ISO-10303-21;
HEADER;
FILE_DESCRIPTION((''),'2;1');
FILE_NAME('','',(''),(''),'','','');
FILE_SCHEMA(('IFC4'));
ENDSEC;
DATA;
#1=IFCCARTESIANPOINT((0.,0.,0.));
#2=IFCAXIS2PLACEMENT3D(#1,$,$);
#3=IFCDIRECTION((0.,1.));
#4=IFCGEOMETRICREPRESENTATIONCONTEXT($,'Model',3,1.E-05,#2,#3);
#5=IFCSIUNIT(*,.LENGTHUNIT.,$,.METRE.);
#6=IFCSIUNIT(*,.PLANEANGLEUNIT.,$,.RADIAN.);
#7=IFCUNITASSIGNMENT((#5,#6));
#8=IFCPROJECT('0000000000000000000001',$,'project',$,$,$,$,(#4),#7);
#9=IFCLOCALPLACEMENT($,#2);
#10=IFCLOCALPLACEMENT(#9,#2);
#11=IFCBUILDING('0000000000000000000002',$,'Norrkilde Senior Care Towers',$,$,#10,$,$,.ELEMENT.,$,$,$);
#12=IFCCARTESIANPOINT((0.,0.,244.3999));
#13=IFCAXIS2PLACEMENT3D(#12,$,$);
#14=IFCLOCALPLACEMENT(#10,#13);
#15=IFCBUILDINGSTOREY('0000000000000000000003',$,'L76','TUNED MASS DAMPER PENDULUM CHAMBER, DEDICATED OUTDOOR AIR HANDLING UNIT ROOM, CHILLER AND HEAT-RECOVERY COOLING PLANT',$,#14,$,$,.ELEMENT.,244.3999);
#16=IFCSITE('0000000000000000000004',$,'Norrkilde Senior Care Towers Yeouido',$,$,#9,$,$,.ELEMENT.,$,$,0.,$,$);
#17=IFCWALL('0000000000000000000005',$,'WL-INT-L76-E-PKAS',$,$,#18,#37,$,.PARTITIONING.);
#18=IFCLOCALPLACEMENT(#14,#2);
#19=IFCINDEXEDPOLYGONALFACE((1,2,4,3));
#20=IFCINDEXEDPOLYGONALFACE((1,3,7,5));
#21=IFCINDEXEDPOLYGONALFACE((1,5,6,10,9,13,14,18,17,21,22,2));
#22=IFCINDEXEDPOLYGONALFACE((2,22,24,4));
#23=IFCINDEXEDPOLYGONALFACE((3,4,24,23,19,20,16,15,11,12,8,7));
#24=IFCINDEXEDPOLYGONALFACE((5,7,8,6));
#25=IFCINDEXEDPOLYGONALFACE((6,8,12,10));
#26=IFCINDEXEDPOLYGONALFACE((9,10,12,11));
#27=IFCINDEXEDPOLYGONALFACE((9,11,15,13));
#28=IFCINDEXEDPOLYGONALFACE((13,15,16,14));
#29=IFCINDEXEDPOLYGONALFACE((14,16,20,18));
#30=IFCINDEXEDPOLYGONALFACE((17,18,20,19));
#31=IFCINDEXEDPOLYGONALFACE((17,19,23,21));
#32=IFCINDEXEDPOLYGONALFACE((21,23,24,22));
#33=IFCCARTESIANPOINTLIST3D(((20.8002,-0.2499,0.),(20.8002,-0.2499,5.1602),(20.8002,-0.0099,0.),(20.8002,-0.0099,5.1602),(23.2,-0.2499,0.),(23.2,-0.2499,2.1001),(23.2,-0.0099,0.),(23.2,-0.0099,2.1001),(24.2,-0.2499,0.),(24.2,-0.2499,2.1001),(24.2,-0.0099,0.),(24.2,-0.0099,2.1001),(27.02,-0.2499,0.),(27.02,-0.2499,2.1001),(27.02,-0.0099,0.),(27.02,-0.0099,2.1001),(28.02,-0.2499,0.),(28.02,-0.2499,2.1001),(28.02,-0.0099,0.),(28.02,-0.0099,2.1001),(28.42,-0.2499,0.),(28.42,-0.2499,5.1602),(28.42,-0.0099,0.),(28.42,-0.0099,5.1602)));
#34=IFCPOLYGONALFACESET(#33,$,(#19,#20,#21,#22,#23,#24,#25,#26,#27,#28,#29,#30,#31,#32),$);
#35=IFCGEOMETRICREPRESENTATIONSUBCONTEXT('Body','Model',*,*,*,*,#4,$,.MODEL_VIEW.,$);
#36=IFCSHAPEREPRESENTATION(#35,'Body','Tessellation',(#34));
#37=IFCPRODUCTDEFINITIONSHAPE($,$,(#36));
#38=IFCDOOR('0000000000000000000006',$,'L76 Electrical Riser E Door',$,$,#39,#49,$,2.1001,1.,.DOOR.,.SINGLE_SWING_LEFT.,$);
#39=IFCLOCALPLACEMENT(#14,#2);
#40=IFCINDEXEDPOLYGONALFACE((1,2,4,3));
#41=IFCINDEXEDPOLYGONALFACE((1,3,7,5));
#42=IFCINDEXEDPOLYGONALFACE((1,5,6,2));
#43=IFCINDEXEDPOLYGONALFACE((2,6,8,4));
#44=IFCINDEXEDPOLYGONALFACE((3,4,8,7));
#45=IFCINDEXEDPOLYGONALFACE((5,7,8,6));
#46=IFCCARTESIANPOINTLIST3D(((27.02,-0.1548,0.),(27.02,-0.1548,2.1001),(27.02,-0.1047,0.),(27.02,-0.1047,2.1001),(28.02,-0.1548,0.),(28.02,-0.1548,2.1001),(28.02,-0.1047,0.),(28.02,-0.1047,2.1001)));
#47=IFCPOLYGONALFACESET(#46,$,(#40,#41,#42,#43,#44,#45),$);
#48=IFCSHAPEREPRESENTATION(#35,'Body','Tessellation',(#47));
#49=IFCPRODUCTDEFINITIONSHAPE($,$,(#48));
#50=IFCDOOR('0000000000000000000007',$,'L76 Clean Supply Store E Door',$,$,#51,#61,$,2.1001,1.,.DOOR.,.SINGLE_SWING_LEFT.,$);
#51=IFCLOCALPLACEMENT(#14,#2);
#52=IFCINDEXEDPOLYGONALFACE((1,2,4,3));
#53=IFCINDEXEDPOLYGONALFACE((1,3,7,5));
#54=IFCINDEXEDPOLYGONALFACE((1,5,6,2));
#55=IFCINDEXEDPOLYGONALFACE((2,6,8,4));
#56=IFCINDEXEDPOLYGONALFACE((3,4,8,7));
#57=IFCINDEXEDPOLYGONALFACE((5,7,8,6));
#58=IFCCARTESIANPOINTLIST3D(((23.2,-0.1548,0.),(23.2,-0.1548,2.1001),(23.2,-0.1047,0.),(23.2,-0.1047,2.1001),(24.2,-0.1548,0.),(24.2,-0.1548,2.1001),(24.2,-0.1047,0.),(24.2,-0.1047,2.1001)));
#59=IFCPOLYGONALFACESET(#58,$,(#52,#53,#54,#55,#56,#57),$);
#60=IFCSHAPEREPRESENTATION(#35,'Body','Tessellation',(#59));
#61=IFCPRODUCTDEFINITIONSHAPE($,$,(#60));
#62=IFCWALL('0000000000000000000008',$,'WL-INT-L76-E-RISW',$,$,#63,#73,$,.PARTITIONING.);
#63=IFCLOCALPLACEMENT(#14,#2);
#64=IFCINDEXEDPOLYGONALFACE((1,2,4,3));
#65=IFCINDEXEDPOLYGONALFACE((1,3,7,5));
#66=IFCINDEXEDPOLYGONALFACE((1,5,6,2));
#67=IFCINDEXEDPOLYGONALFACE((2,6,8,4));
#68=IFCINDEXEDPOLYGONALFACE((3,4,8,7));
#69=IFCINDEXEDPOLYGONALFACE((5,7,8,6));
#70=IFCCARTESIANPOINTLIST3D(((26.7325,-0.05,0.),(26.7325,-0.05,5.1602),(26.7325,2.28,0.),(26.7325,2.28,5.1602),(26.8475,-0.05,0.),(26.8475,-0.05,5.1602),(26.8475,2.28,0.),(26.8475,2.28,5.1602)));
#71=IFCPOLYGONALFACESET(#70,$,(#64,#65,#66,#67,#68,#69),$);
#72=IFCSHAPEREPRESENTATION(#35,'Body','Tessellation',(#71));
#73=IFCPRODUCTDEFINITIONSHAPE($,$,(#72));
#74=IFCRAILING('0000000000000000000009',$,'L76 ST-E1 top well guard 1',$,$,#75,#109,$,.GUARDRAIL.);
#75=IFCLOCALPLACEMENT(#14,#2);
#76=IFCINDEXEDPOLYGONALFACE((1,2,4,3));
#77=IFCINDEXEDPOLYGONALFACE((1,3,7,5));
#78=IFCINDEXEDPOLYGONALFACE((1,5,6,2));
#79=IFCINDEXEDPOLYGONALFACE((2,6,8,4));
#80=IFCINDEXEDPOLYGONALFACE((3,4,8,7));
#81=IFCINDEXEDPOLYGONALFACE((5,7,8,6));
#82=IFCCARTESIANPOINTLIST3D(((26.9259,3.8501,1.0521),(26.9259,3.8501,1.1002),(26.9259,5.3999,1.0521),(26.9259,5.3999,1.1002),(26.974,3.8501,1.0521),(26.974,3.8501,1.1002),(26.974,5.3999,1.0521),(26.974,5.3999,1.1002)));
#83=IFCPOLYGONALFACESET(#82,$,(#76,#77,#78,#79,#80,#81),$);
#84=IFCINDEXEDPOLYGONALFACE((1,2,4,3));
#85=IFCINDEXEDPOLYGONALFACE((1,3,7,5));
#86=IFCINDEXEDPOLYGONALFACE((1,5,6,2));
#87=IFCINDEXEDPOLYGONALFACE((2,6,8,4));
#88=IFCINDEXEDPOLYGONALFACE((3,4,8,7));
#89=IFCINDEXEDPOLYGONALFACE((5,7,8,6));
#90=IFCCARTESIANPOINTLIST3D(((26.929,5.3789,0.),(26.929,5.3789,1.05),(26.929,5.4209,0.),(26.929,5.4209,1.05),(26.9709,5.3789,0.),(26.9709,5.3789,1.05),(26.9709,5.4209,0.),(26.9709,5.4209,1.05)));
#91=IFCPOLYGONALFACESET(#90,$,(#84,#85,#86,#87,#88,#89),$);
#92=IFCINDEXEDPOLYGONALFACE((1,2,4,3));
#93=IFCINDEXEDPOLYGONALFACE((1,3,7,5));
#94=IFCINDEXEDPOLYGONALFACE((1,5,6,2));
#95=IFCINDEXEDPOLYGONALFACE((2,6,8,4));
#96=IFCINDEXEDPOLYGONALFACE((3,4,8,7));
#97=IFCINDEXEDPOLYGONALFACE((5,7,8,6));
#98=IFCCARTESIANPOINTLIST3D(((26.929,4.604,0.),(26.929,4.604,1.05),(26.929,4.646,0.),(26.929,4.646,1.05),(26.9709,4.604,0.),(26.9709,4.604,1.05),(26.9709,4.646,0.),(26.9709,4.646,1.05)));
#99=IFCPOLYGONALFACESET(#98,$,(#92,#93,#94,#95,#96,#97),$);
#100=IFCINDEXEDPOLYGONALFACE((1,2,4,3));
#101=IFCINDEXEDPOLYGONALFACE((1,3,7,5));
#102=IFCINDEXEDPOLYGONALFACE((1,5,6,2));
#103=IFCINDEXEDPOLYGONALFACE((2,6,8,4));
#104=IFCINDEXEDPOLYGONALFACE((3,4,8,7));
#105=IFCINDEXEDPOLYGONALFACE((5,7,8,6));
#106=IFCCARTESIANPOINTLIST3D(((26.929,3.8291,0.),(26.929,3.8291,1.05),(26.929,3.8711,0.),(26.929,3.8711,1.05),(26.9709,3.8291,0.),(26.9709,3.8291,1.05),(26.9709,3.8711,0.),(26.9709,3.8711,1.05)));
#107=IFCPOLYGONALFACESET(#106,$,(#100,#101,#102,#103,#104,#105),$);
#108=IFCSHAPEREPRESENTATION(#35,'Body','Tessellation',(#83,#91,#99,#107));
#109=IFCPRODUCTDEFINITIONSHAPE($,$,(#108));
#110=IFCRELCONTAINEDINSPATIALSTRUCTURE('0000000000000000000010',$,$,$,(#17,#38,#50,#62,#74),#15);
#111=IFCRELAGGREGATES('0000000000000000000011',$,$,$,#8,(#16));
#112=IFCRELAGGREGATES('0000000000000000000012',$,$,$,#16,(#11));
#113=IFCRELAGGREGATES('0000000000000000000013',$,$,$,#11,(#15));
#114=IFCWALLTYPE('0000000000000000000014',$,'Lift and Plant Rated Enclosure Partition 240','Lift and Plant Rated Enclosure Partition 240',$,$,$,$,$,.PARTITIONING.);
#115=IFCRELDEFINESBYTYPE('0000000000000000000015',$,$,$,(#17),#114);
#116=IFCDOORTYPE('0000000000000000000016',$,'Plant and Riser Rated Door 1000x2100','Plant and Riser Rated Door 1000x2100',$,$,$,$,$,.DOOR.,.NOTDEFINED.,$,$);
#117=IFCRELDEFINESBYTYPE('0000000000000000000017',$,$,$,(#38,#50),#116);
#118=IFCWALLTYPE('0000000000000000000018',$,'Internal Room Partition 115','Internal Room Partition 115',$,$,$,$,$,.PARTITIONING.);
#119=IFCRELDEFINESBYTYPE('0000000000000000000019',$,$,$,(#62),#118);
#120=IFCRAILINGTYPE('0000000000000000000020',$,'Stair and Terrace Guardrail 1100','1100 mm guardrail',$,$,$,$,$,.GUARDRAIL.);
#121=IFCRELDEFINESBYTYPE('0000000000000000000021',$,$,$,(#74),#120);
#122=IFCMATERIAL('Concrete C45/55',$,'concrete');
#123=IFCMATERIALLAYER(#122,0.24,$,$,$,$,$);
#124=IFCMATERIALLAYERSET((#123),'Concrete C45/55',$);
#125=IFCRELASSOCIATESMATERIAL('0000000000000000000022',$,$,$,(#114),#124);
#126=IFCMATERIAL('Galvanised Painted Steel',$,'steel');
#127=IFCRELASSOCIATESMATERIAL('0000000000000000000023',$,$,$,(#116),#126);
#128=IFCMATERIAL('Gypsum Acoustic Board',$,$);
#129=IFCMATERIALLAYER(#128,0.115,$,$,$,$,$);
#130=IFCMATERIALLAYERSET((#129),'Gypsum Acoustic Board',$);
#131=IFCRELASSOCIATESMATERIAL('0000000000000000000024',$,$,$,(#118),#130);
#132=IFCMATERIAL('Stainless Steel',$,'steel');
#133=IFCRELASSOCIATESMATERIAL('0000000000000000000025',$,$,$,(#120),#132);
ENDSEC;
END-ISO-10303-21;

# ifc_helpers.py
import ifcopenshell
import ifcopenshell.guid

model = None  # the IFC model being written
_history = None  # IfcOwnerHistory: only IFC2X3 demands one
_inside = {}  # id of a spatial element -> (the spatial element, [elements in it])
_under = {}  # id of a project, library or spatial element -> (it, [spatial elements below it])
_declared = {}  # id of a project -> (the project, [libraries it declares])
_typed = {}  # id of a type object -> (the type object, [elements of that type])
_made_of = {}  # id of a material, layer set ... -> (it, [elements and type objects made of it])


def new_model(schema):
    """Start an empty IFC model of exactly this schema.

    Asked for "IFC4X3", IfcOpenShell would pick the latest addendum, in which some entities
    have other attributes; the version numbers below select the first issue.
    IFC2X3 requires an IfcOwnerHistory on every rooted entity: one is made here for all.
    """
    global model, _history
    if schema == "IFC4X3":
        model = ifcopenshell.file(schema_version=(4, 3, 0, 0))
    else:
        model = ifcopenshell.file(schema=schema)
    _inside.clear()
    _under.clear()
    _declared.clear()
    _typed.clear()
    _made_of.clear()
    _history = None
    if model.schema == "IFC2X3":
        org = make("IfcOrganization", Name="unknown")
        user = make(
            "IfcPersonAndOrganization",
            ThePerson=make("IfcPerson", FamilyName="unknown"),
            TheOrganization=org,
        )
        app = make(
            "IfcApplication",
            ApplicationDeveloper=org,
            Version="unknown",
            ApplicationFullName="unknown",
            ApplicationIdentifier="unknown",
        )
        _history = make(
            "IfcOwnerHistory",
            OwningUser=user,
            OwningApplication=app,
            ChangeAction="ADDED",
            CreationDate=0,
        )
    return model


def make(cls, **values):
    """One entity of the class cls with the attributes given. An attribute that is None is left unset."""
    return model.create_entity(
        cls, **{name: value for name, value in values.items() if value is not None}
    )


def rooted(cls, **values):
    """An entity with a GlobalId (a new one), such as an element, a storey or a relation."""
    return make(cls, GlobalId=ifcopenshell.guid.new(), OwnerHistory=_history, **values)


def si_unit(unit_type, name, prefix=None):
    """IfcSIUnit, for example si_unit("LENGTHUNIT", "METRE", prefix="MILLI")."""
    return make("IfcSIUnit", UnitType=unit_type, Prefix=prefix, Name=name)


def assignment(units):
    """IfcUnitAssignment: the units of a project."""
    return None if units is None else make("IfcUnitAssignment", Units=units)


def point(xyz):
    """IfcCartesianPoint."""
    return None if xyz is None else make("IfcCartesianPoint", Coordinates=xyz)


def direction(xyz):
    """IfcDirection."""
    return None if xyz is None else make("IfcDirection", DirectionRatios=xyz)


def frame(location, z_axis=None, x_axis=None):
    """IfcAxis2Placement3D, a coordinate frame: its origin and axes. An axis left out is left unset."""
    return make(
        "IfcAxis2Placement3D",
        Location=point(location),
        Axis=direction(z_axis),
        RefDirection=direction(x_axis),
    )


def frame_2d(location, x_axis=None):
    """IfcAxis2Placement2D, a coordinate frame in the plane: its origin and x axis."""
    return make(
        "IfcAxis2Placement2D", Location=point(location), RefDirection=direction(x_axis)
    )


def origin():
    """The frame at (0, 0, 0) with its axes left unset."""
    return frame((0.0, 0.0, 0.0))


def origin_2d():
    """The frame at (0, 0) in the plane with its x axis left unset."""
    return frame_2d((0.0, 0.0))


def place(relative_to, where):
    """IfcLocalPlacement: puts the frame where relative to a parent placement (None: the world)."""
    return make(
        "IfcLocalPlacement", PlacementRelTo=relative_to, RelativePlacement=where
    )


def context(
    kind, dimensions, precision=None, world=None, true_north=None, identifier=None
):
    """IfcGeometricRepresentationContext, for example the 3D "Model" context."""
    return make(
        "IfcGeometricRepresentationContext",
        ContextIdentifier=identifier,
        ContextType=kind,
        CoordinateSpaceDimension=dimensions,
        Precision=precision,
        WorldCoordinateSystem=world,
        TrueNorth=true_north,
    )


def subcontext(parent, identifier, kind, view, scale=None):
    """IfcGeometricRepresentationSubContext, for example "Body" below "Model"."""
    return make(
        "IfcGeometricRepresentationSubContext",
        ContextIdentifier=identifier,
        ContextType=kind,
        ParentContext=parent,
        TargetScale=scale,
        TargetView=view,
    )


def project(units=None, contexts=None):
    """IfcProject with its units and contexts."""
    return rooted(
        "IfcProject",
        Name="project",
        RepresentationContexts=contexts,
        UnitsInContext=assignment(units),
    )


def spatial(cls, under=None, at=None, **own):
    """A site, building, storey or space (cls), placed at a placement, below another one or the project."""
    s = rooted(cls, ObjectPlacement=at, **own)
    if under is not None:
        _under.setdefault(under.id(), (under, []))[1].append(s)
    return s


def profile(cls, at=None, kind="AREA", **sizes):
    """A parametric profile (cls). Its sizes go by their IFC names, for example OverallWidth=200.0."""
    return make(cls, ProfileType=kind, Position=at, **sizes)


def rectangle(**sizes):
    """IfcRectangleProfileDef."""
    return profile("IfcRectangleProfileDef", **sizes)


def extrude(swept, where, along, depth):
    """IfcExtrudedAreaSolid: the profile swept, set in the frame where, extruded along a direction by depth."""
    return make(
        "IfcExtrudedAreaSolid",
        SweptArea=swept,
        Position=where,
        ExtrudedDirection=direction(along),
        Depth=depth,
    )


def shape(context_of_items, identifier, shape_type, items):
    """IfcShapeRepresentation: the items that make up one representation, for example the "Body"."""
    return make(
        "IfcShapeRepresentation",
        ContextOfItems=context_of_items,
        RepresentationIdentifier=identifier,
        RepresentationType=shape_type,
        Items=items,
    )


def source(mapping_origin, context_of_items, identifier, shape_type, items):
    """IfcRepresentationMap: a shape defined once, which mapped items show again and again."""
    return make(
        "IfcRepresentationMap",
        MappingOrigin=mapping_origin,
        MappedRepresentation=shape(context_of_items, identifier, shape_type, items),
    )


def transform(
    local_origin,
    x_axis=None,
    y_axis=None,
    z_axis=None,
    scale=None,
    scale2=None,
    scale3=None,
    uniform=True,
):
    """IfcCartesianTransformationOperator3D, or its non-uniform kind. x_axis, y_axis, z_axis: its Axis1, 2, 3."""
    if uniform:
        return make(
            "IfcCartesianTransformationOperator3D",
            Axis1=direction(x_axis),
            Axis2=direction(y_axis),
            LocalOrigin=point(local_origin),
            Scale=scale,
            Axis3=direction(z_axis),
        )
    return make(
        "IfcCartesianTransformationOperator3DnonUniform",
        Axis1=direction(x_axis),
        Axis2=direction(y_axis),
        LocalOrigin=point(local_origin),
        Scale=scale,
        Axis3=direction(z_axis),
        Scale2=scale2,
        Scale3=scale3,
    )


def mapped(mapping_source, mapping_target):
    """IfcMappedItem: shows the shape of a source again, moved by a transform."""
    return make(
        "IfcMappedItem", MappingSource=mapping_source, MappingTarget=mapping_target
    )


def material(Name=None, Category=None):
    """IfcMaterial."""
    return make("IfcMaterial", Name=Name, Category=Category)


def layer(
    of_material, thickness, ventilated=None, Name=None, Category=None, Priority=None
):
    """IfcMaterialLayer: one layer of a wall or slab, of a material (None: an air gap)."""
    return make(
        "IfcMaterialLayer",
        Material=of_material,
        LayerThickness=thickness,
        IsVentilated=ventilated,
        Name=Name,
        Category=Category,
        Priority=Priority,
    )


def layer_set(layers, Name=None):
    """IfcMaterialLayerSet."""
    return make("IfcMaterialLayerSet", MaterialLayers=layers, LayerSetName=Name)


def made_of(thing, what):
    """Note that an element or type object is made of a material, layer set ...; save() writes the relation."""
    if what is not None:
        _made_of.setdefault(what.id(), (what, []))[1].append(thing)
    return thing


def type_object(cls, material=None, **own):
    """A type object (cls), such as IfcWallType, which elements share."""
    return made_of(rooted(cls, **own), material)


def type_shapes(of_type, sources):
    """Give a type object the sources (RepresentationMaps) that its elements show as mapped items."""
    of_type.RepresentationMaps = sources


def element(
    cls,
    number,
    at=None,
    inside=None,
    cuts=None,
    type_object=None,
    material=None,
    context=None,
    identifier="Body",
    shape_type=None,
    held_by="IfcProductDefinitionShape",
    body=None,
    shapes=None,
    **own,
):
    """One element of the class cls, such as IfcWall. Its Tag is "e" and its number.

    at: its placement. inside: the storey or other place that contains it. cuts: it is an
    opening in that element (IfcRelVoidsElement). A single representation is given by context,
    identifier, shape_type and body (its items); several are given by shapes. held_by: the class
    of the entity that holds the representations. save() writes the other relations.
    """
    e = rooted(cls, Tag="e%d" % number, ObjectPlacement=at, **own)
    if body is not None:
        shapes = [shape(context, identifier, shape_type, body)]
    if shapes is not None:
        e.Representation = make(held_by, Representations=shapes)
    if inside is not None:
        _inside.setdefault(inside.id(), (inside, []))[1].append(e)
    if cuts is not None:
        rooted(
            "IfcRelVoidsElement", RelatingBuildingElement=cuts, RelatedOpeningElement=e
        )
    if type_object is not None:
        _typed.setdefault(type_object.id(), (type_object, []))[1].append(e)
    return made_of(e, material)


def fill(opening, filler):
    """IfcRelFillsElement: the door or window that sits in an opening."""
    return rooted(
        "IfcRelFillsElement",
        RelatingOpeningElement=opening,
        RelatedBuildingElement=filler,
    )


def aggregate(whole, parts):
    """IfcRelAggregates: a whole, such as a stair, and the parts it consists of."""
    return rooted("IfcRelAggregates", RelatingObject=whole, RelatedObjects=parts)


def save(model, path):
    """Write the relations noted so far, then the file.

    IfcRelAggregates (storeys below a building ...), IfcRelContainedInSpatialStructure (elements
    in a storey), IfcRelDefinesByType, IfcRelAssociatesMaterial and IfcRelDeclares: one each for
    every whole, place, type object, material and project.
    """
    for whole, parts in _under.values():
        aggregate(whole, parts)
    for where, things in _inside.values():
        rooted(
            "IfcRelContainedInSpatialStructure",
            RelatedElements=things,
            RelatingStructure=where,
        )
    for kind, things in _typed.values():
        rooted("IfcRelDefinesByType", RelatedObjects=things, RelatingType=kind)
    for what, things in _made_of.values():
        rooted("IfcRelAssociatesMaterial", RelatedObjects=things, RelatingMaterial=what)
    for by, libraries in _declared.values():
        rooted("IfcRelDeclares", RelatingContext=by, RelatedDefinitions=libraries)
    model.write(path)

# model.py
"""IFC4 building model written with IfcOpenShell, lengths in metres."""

from ifc_helpers import new_model, si_unit, direction, frame, frame_2d, origin, origin_2d, place, context, subcontext, project, spatial, rectangle, extrude, source, transform, mapped, material, layer, layer_set, type_object, type_shapes, element, fill, save


model = new_model("IFC4")

# Units and contexts
model_context = context("Model", 3, precision=1e-05, world=origin(), true_north=direction((0.0, 1.0)))
body_context = subcontext(model_context, "Body", "Model", "MODEL_VIEW")
ifc_project = project(units=[si_unit("LENGTHUNIT", "METRE"), si_unit("PLANEANGLEUNIT", "RADIAN")], contexts=[model_context])

# Site, building, storey
site_placement = place(None, origin())
site = spatial("IfcSite", under=ifc_project, at=site_placement, Name="Norrkilde Senior Care Towers Yeouido", CompositionType="ELEMENT", RefElevation=0.0)
building_placement = place(site_placement, origin())
building = spatial("IfcBuilding", under=site, at=building_placement, Name="Norrkilde Senior Care Towers", CompositionType="ELEMENT")
storey_placement = place(building_placement, frame((0.0, 0.0, 244.3999)))
storey = spatial("IfcBuildingStorey", under=building, at=storey_placement, Name="L76", Description="TUNED MASS DAMPER PENDULUM CHAMBER, DEDICATED OUTDOOR AIR HANDLING UNIT ROOM, CHILLER AND HEAT-RECOVERY COOLING PLANT", CompositionType="ELEMENT", Elevation=244.3999)

# Shared definitions
ifc_material_1 = material(Name="Concrete C45/55", Category="concrete")

# Wall, openings, doors
ifc_layer_1 = layer(ifc_material_1, 0.24)
ifc_layer_set_1 = layer_set([ifc_layer_1], Name="Concrete C45/55")
wall_type_1 = type_object("IfcWallType", Name="Lift and Plant Rated Enclosure Partition 240", Description="Lift and Plant Rated Enclosure Partition 240", PredefinedType="PARTITIONING", material=ifc_layer_set_1)
shared_shape_1 = source(origin(), body_context, "Body", "SweptSolid", [
    extrude(rectangle(XDim=7.6199, YDim=0.24, at=frame_2d((3.8101, 0.0))), origin(), (0.0, 0.0, 1.0), 5.1602),
])
type_shapes(wall_type_1, [shared_shape_1])
wall_1_placement = place(storey_placement, frame((20.8, -0.1299, 0.0), z_axis=(0.0, 0.0, 1.0), x_axis=(1.0, 0.0, 0.0)))
wall_1 = element("IfcWall", 1, at=wall_1_placement, inside=storey, type_object=wall_type_1, Name="WL-INT-L76-E-PKAS", PredefinedType="PARTITIONING", context=body_context, shape_type="MappedRepresentation", body=[
    mapped(shared_shape_1, transform((0.0, 0.0, 0.0), x_axis=(1.0, 0.0, 0.0), y_axis=(0.0, 1.0, 0.0), z_axis=(0.0, 0.0, 1.0), scale=1.0)),
])
opening_1_placement = place(wall_1_placement, frame((6.22, 0.0, 0.0)))
opening_1 = element("IfcOpeningElement", 2, at=opening_1_placement, cuts=wall_1, PredefinedType="OPENING", context=body_context, shape_type="SweptSolid", body=[
    extrude(rectangle(XDim=1.0, YDim=2.1001, at=frame_2d((0.5, 1.05))), frame((0.0, 0.1299, 0.0), z_axis=(0.0, -1.0, 0.0), x_axis=(1.0, 0.0, 0.0)), (0.0, 0.0, 1.0), 0.26),
])
opening_2_placement = place(wall_1_placement, frame((2.3999, 0.0, 0.0)))
opening_2 = element("IfcOpeningElement", 3, at=opening_2_placement, cuts=wall_1, PredefinedType="OPENING", context=body_context, shape_type="SweptSolid", body=[
    extrude(rectangle(XDim=1.0, YDim=2.1001, at=frame_2d((0.5, 1.05))), frame((0.0, 0.1299, 0.0), z_axis=(0.0, -1.0, 0.0), x_axis=(1.0, 0.0, 0.0)), (0.0, 0.0, 1.0), 0.26),
])
ifc_material_2 = material(Name="Galvanised Painted Steel", Category="steel")
door_type = type_object("IfcDoorType", Name="Plant and Riser Rated Door 1000x2100", Description="Plant and Riser Rated Door 1000x2100", OperationType="NOTDEFINED", PredefinedType="DOOR", material=ifc_material_2)
shared_shape_2 = source(origin(), body_context, "Body", "SweptSolid", [
    extrude(rectangle(XDim=1.0, YDim=2.1001, at=frame_2d((0.5, 1.05))), frame((0.0, 0.0249, 0.0), z_axis=(0.0, -1.0, 0.0), x_axis=(1.0, 0.0, 0.0)), (0.0, 0.0, 1.0), 0.05),
])
type_shapes(door_type, [shared_shape_2])
door_1_placement = place(opening_1_placement, frame((1.0, 0.0, 0.0), z_axis=(0.0, 0.0, 1.0), x_axis=(-1.0, 0.0, 0.0)))
door_1 = element("IfcDoor", 4, at=door_1_placement, inside=storey, type_object=door_type, Name="L76 Electrical Riser E Door", OperationType="SINGLE_SWING_LEFT", OverallHeight=2.1001, OverallWidth=1.0, PredefinedType="DOOR", context=body_context, shape_type="MappedRepresentation", body=[
    mapped(shared_shape_2, transform((0.0, 0.0, 0.0), x_axis=(1.0, 0.0, 0.0), y_axis=(0.0, 1.0, 0.0), z_axis=(0.0, 0.0, 1.0), scale=1.0)),
])
fill(opening_1, door_1)
door_2_placement = place(opening_2_placement, frame((1.0, 0.0, 0.0), z_axis=(0.0, 0.0, 1.0), x_axis=(-1.0, 0.0, 0.0)))
door_2 = element("IfcDoor", 5, at=door_2_placement, inside=storey, type_object=door_type, Name="L76 Clean Supply Store E Door", OperationType="SINGLE_SWING_LEFT", OverallHeight=2.1001, OverallWidth=1.0, PredefinedType="DOOR", context=body_context, shape_type="MappedRepresentation", body=[
    mapped(shared_shape_2, transform((0.0, 0.0, 0.0), x_axis=(1.0, 0.0, 0.0), y_axis=(0.0, 1.0, 0.0), z_axis=(0.0, 0.0, 1.0), scale=1.0)),
])
fill(opening_2, door_2)

# Wall
ifc_material_3 = material(Name="Gypsum Acoustic Board")
ifc_layer_2 = layer(ifc_material_3, 0.115)
ifc_layer_set_2 = layer_set([ifc_layer_2], Name="Gypsum Acoustic Board")
wall_type_2 = type_object("IfcWallType", Name="Internal Room Partition 115", Description="Internal Room Partition 115", PredefinedType="PARTITIONING", material=ifc_layer_set_2)
shared_shape_3 = source(origin(), body_context, "Body", "SweptSolid", [
    extrude(rectangle(XDim=2.3301, YDim=0.115, at=frame_2d((1.165, 0.0))), origin(), (0.0, 0.0, 1.0), 5.1602),
])
type_shapes(wall_type_2, [shared_shape_3])
wall_2_placement = place(storey_placement, frame((26.79, -0.05, 0.0), z_axis=(0.0, 0.0, 1.0), x_axis=(0.0, 1.0, 0.0)))
element("IfcWall", 6, at=wall_2_placement, inside=storey, type_object=wall_type_2, Name="WL-INT-L76-E-RISW", PredefinedType="PARTITIONING", context=body_context, shape_type="MappedRepresentation", body=[
    mapped(shared_shape_3, transform((0.0, 0.0, 0.0), x_axis=(1.0, 0.0, 0.0), y_axis=(0.0, 1.0, 0.0), z_axis=(0.0, 0.0, 1.0), scale=1.0)),
])

# Railing
ifc_material_4 = material(Name="Stainless Steel", Category="steel")
railing_type = type_object("IfcRailingType", Name="Stair and Terrace Guardrail 1100", Description="1100 mm guardrail", PredefinedType="GUARDRAIL", material=ifc_material_4)
railing_placement = place(storey_placement, frame((26.95, 5.3999, 0.0)))
element("IfcRailing", 7, at=railing_placement, inside=storey, type_object=railing_type, Name="L76 ST-E1 top well guard 1", PredefinedType="GUARDRAIL", context=body_context, shape_type="SweptSolid", body=[
    extrude(rectangle(XDim=0.0481, YDim=0.0481, at=origin_2d()), frame((0.0, 0.0, 1.0762), z_axis=(0.0, -1.0, 0.0), x_axis=(1.0, 0.0, 0.0)), (0.0, 0.0, 1.0), 1.5498),
    extrude(rectangle(XDim=0.042, YDim=0.042, at=origin_2d()), origin(), (0.0, 0.0, 1.0), 1.05),
    extrude(rectangle(XDim=0.042, YDim=0.042, at=origin_2d()), frame((0.0, -0.7749, 0.0)), (0.0, 0.0, 1.0), 1.05),
    extrude(rectangle(XDim=0.042, YDim=0.042, at=origin_2d()), frame((0.0, -1.5498, 0.0)), (0.0, 0.0, 1.0), 1.05),
])

save(model, "model.ifc")
